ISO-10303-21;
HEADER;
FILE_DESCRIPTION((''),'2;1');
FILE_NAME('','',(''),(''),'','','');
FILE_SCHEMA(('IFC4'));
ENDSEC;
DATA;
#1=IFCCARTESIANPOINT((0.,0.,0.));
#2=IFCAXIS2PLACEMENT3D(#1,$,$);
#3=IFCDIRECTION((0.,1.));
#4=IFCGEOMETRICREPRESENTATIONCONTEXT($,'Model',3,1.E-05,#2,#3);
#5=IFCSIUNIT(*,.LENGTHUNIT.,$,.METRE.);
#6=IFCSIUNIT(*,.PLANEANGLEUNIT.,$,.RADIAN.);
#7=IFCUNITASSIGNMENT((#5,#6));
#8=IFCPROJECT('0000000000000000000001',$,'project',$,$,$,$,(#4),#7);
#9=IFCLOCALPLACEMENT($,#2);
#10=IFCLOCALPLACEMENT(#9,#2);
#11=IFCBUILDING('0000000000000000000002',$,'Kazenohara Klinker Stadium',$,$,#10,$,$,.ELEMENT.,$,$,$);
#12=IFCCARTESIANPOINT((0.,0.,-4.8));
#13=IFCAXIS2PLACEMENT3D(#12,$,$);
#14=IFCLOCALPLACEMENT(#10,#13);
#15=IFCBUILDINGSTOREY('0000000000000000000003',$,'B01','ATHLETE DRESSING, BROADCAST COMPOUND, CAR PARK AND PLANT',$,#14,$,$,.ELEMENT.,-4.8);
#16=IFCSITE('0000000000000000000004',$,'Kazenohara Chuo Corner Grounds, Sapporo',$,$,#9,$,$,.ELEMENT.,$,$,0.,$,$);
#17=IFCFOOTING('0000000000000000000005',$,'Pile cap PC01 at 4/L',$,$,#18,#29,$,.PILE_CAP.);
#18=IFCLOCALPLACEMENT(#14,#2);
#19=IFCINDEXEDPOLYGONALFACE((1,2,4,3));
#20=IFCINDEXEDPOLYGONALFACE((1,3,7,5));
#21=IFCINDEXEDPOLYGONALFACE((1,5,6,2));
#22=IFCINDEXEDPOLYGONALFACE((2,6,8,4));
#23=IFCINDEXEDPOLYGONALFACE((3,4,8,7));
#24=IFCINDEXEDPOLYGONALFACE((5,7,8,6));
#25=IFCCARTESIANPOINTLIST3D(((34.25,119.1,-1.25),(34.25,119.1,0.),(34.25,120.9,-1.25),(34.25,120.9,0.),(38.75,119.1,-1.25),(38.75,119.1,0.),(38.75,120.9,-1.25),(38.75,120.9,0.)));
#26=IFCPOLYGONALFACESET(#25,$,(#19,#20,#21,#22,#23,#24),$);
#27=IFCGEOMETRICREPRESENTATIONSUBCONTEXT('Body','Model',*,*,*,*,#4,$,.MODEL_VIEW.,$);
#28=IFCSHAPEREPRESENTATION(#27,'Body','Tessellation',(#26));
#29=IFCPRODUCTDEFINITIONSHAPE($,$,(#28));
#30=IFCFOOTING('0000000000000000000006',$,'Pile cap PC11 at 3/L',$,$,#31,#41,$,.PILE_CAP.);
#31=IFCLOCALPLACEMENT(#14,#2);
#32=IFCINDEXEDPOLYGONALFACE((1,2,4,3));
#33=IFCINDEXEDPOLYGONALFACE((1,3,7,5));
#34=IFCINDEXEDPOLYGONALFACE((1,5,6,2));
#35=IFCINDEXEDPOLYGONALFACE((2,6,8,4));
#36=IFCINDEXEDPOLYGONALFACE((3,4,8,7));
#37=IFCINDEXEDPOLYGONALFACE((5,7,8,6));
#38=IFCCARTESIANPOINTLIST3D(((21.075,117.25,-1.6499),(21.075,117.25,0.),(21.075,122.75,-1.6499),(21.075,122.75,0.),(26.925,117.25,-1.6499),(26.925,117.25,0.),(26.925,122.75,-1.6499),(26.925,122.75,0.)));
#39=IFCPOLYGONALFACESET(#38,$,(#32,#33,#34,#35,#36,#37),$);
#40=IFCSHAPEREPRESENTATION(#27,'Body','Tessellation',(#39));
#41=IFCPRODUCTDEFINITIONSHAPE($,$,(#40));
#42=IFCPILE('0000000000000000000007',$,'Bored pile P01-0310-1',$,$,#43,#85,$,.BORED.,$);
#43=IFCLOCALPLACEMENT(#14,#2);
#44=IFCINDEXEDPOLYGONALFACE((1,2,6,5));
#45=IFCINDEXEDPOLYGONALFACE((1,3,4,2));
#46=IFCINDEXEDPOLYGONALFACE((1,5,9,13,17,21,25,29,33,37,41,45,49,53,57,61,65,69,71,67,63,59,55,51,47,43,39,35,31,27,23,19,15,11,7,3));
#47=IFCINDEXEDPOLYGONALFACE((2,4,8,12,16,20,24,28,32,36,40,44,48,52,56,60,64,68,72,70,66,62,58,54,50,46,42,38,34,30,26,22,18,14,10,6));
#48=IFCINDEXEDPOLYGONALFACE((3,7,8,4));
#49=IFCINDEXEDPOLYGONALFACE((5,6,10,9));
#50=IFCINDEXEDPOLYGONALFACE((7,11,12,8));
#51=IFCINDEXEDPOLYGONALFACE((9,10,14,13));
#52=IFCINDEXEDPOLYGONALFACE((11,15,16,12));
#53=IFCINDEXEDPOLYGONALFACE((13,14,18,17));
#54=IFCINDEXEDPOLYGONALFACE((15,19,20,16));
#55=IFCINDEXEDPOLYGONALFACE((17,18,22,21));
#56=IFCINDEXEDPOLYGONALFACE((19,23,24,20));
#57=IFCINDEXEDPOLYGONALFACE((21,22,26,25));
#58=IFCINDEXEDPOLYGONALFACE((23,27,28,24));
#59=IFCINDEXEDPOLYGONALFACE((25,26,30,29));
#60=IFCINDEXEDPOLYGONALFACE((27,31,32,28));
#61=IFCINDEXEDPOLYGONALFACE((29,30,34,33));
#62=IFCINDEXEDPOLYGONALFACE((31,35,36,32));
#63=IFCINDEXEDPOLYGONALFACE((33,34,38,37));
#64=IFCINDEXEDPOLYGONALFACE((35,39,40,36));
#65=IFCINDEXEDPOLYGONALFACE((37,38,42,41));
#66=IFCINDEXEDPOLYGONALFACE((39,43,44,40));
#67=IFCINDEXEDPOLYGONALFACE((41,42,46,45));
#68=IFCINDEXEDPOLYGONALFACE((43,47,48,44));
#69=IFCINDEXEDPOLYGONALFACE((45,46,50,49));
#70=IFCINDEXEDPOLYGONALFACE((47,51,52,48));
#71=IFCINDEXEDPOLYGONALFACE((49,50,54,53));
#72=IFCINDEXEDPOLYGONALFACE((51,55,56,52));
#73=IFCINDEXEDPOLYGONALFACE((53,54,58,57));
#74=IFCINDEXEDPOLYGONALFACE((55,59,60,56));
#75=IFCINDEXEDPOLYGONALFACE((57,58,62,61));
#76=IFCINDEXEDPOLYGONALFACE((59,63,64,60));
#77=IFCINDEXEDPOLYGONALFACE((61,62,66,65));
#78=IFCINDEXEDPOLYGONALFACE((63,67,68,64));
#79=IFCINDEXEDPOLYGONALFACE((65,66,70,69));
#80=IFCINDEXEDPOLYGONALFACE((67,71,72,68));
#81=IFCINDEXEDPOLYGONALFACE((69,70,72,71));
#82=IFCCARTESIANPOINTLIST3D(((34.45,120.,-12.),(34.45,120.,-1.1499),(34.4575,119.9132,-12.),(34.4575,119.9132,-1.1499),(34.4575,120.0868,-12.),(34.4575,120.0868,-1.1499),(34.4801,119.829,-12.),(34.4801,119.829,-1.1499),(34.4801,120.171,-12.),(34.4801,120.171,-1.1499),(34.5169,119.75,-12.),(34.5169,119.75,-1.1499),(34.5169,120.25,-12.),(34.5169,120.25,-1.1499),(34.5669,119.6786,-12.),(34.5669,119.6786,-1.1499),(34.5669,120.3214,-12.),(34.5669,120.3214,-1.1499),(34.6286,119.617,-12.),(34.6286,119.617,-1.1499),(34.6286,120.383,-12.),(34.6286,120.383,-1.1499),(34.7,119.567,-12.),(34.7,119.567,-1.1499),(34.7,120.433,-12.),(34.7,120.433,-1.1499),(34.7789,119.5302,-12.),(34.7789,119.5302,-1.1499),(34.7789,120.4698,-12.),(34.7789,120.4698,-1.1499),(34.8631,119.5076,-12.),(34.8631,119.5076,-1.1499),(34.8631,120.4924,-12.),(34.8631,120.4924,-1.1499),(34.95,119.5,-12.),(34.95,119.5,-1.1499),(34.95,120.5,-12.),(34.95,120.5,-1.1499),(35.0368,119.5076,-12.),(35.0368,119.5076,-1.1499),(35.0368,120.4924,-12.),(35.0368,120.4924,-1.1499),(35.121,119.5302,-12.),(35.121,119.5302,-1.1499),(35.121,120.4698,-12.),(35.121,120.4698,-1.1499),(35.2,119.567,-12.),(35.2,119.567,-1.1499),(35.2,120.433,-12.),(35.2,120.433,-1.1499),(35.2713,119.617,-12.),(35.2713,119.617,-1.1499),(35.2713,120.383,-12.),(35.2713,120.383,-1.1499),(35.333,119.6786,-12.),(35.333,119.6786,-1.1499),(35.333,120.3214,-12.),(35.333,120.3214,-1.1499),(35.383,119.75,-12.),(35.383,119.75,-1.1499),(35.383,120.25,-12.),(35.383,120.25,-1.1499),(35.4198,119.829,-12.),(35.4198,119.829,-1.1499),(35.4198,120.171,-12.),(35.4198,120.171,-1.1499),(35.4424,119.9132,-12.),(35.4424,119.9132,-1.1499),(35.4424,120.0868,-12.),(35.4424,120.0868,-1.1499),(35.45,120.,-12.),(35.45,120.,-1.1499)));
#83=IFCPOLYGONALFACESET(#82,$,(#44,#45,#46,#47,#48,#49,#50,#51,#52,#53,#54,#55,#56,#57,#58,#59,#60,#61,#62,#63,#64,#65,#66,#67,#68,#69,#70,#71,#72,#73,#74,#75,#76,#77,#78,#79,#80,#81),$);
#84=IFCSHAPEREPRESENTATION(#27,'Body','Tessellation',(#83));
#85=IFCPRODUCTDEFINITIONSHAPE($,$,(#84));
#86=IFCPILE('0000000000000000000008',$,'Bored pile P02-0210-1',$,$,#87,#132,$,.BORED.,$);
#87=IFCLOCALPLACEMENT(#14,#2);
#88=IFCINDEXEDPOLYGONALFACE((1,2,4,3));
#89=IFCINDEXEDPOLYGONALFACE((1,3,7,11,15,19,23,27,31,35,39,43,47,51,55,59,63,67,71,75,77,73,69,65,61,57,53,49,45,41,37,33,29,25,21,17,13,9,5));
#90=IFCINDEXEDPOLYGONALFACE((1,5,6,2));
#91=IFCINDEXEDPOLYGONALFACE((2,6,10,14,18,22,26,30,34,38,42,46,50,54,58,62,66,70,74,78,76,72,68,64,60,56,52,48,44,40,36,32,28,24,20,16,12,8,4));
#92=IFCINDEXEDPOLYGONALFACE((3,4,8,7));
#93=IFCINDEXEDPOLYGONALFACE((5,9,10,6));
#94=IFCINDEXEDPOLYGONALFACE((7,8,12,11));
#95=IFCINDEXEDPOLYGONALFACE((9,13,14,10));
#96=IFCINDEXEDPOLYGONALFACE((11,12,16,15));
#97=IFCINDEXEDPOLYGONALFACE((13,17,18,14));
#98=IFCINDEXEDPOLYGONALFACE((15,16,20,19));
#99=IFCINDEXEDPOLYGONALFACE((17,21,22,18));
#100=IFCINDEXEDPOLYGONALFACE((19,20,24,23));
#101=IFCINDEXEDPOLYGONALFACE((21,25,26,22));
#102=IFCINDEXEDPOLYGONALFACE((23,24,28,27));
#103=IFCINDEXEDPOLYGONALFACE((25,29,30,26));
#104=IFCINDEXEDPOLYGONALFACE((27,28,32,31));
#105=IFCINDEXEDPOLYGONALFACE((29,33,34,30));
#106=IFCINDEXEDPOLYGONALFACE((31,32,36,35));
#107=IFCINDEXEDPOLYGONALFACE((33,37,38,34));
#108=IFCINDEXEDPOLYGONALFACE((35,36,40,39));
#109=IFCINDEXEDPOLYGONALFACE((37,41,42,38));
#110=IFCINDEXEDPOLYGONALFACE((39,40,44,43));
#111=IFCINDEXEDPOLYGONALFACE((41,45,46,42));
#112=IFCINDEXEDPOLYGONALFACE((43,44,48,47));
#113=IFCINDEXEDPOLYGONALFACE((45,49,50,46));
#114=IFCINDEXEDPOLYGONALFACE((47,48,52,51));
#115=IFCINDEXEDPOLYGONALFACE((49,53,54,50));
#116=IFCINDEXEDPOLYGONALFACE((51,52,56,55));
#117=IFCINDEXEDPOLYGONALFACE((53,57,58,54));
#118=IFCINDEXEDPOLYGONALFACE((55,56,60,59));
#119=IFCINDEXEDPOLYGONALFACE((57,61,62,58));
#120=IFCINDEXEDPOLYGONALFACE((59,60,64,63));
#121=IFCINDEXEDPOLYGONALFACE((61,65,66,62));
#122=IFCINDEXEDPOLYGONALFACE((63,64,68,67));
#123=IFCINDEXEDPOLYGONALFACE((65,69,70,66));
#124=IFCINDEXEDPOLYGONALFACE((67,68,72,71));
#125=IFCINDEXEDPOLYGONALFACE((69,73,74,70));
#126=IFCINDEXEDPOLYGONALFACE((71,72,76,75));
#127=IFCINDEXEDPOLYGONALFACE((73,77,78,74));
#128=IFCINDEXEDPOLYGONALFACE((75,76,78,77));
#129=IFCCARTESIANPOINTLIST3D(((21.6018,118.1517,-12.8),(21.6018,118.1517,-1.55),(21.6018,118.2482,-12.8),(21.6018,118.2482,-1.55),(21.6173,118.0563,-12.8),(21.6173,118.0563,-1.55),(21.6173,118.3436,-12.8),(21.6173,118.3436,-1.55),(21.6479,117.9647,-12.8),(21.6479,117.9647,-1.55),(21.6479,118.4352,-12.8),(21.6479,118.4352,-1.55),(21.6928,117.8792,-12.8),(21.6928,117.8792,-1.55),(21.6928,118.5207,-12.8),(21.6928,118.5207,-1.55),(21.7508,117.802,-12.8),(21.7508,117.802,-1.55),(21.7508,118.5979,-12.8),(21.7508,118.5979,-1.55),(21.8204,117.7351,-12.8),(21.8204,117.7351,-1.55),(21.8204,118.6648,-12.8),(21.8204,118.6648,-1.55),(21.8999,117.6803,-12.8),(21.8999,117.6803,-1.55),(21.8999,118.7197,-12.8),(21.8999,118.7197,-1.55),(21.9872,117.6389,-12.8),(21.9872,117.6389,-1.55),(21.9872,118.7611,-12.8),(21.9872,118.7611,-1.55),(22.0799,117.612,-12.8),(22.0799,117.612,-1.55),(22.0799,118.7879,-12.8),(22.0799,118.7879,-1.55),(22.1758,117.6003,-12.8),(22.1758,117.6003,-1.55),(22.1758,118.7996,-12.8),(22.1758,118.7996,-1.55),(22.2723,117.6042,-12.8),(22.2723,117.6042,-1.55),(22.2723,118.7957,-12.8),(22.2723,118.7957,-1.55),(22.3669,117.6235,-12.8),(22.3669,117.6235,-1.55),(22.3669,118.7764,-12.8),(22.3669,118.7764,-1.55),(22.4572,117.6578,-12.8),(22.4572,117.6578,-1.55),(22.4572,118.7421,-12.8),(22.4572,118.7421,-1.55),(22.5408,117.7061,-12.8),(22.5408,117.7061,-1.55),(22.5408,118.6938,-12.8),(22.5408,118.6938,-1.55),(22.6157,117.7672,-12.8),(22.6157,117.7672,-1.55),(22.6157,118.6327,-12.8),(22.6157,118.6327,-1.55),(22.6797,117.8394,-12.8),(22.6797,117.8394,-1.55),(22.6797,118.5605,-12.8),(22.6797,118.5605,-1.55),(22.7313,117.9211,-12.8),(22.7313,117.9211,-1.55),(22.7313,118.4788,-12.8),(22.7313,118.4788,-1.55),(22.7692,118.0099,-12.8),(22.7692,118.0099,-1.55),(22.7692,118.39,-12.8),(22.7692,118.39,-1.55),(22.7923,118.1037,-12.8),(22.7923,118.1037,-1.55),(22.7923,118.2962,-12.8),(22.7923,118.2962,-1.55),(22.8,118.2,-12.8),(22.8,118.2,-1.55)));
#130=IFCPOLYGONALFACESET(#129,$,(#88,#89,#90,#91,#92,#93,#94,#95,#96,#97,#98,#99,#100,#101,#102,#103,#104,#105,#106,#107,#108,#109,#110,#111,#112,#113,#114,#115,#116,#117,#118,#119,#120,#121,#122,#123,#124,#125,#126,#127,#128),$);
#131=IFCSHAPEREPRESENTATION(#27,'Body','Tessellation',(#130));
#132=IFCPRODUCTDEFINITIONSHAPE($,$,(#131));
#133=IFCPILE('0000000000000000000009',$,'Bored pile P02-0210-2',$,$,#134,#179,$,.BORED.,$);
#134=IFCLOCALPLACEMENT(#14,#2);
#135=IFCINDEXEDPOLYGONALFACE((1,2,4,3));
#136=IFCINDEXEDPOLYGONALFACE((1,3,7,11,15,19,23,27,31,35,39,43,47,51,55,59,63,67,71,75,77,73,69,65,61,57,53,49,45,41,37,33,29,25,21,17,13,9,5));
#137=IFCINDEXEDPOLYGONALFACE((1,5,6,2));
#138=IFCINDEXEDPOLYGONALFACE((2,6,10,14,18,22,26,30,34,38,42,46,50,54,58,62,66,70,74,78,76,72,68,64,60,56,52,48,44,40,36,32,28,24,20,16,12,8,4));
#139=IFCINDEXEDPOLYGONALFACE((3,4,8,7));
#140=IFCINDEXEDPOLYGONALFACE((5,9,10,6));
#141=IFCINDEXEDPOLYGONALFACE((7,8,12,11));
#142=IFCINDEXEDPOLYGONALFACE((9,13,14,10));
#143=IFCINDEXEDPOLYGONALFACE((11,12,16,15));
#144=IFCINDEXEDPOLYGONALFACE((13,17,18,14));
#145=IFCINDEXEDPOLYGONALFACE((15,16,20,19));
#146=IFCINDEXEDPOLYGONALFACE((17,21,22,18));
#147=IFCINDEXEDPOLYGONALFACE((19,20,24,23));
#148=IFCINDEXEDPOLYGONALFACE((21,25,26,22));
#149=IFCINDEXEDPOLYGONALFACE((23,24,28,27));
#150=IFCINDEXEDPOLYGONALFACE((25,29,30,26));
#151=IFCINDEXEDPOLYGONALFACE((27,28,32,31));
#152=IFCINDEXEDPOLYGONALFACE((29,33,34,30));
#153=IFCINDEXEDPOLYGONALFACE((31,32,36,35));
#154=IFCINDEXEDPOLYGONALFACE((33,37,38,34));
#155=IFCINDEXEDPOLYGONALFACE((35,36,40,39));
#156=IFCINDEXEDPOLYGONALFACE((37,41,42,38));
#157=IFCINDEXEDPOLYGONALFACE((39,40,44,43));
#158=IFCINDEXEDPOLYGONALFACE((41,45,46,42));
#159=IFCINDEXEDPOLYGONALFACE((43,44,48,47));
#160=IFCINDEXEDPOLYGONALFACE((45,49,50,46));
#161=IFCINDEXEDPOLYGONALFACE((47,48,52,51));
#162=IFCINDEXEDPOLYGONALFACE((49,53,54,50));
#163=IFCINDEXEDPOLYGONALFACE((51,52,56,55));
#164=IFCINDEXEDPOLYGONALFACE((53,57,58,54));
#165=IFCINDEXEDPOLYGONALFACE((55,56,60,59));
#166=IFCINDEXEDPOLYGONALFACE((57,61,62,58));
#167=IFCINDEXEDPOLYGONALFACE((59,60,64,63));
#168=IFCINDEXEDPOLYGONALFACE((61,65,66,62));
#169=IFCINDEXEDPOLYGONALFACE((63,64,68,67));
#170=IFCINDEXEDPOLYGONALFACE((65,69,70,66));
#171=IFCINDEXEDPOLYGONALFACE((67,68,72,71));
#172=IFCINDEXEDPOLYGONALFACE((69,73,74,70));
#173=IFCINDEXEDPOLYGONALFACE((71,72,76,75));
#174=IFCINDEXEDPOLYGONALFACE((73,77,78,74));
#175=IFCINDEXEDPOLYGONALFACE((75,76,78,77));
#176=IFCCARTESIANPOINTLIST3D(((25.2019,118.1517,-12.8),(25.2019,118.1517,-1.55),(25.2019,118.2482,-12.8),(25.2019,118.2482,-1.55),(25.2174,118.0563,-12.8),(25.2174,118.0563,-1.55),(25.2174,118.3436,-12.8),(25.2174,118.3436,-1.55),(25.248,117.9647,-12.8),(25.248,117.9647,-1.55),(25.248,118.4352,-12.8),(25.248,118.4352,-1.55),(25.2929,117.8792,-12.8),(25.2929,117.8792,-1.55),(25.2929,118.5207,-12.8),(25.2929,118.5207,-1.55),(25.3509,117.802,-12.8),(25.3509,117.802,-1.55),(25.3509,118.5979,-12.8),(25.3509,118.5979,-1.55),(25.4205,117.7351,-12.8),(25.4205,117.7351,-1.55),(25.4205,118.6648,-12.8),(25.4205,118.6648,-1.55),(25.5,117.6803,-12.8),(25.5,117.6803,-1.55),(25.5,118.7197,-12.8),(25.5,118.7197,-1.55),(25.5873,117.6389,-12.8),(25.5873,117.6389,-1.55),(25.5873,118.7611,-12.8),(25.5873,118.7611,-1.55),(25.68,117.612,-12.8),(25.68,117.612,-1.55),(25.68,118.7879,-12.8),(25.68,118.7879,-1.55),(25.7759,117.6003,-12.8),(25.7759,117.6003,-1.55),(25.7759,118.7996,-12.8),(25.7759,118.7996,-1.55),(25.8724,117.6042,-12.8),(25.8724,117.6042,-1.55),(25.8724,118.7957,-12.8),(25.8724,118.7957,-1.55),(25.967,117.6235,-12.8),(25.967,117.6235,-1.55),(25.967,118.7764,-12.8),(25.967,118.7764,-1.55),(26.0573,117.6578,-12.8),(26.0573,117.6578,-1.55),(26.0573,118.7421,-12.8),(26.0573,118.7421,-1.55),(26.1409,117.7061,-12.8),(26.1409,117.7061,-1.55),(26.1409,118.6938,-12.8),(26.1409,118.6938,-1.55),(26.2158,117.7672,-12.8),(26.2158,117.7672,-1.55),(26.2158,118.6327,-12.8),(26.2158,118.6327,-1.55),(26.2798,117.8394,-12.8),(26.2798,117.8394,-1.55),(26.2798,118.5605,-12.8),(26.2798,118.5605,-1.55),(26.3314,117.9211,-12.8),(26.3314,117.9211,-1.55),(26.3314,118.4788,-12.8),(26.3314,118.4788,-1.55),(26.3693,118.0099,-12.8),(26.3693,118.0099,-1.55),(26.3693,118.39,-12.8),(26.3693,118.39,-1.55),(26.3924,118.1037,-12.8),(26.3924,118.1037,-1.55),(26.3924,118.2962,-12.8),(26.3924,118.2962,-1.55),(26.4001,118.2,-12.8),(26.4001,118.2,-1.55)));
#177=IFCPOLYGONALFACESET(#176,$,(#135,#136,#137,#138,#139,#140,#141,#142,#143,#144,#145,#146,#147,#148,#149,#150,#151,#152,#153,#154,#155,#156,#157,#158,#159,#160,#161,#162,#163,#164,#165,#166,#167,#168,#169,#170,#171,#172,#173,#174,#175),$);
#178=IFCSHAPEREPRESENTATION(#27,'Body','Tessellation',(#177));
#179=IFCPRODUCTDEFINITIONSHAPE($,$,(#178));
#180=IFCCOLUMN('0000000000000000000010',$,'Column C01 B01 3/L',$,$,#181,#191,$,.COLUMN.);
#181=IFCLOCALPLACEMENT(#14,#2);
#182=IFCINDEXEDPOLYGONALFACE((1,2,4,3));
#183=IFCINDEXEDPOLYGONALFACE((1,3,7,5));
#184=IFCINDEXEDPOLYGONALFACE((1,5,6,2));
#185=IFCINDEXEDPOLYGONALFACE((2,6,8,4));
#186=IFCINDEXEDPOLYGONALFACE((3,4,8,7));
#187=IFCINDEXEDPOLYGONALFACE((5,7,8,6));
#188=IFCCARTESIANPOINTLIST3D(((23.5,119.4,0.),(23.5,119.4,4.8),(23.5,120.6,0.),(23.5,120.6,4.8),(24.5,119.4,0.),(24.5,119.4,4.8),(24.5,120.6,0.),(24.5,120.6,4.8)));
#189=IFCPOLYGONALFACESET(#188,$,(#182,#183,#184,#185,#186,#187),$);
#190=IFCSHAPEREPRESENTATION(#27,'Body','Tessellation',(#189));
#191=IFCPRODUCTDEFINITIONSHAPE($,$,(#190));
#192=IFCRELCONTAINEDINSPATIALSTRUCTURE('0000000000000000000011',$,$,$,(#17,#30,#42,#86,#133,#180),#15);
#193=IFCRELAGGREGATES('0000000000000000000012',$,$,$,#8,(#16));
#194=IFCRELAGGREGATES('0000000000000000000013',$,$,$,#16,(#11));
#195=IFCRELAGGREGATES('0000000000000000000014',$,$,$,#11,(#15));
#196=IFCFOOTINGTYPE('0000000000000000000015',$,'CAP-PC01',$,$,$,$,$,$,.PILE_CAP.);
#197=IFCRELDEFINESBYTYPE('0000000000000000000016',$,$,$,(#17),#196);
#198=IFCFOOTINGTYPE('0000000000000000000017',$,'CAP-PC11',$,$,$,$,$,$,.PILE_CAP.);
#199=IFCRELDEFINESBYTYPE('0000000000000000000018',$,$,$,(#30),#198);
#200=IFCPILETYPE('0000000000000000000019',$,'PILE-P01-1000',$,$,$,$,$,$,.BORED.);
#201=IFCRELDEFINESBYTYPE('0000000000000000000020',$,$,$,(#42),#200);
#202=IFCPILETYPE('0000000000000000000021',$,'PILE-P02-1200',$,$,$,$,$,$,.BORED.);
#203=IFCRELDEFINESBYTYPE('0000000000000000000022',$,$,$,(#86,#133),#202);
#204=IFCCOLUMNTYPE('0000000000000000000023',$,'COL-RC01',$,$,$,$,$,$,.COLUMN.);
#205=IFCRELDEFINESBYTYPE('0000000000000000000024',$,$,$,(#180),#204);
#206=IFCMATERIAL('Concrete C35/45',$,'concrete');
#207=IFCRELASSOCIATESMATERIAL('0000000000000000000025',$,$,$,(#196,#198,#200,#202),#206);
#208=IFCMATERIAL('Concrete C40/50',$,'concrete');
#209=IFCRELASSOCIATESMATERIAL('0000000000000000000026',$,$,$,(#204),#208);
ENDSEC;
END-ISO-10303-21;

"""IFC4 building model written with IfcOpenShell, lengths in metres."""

from ifc_helpers import new_model, si_unit, direction, frame, origin, origin_2d, place, context, subcontext, project, spatial, rectangle, circle, extrude, material, material_profile, profile_set, type_object, element, save


model = new_model("IFC4")

# Units and contexts
model_context = context("Model", 3, precision=1e-05, world=origin(), true_north=direction((0.0, 1.0)))
body_context = subcontext(model_context, "Body", "Model", "MODEL_VIEW")
ifc_project = project(units=[si_unit("LENGTHUNIT", "METRE"), si_unit("PLANEANGLEUNIT", "RADIAN")], contexts=[model_context])

# Site, building, storey
site_placement = place(None, origin())
site = spatial("IfcSite", under=ifc_project, at=site_placement, Name="Kazenohara Chuo Corner Grounds, Sapporo", CompositionType="ELEMENT", RefElevation=0.0)
building_placement = place(site_placement, origin())
building = spatial("IfcBuilding", under=site, at=building_placement, Name="Kazenohara Klinker Stadium", CompositionType="ELEMENT")
storey_placement = place(building_placement, frame((0.0, 0.0, -4.8)))
storey = spatial("IfcBuildingStorey", under=building, at=storey_placement, Name="B01", Description="ATHLETE DRESSING, BROADCAST COMPOUND, CAR PARK AND PLANT", CompositionType="ELEMENT", Elevation=-4.8)

# Footings
ifc_material_1 = material(Name="Concrete C35/45", Category="concrete")
footing_type_1 = type_object("IfcFootingType", Name="CAP-PC01", PredefinedType="PILE_CAP", material=ifc_material_1)
footing_1_placement = place(storey_placement, frame((36.5, 120.0, -1.25), z_axis=(0.0, 0.0, 1.0), x_axis=(1.0, 0.0, 0.0)))
element("IfcFooting", 1, at=footing_1_placement, inside=storey, type_object=footing_type_1, Name="Pile cap PC01 at 4/L", PredefinedType="PILE_CAP", context=body_context, shape_type="SweptSolid", body=[
    extrude(rectangle(XDim=4.5, YDim=1.8, at=origin_2d()), origin(), (0.0, 0.0, 1.0), 1.25),
])
footing_type_2 = type_object("IfcFootingType", Name="CAP-PC11", PredefinedType="PILE_CAP", material=ifc_material_1)
footing_2_placement = place(storey_placement, frame((24.0, 120.0, -1.6499), z_axis=(0.0, 0.0, 1.0), x_axis=(1.0, 0.0, 0.0)))
element("IfcFooting", 2, at=footing_2_placement, inside=storey, type_object=footing_type_2, Name="Pile cap PC11 at 3/L", PredefinedType="PILE_CAP", context=body_context, shape_type="SweptSolid", body=[
    extrude(rectangle(XDim=5.8501, YDim=5.5, at=origin_2d()), origin(), (0.0, 0.0, 1.0), 1.6499),
])

# Piles
ifc_material_profile_1 = material_profile(ifc_material_1, circle(Radius=0.5, at=origin_2d()), Name="BORED-PILE-1000")
ifc_profile_set_1 = profile_set([ifc_material_profile_1], Name="Concrete C35/45")
pile_type_1 = type_object("IfcPileType", Name="PILE-P01-1000", PredefinedType="BORED", material=ifc_profile_set_1)
pile_placement = place(storey_placement, frame((34.95, 120.0, -1.1499), z_axis=(0.0, 0.0, -1.0), x_axis=(1.0, 0.0, 0.0)))
element("IfcPile", 3, at=pile_placement, inside=storey, type_object=pile_type_1, Name="Bored pile P01-0310-1", PredefinedType="BORED", context=body_context, shape_type="SweptSolid", body=[
    extrude(circle(Radius=0.5, at=origin_2d()), origin(), (0.0, 0.0, 1.0), 10.8501),
])
ifc_material_profile_2 = material_profile(ifc_material_1, circle(Radius=0.6001, at=origin_2d()), Name="BORED-PILE-1200")
ifc_profile_set_2 = profile_set([ifc_material_profile_2], Name="Concrete C35/45")
pile_type_2 = type_object("IfcPileType", Name="PILE-P02-1200", PredefinedType="BORED", material=ifc_profile_set_2)
for number, where, z_axis, x_axis, name in (
    (4, (22.2, 118.2, -1.55), (0.0, 0.0, -1.0), (1.0, 0.0, 0.0), "Bored pile P02-0210-1"),
    (5, (25.8, 118.2, -1.55), (0.0, 0.0, -1.0), (1.0, 0.0, 0.0), "Bored pile P02-0210-2"),
):
    element("IfcPile", number, at=place(storey_placement, frame(where, z_axis=z_axis, x_axis=x_axis)), inside=storey, type_object=pile_type_2, Name=name, PredefinedType="BORED", context=body_context, shape_type="SweptSolid", body=[
        extrude(circle(Radius=0.6001, at=origin_2d()), origin(), (0.0, 0.0, 1.0), 11.25),
    ])

# Column
ifc_material_2 = material(Name="Concrete C40/50", Category="concrete")
ifc_material_profile_3 = material_profile(ifc_material_2, rectangle(XDim=1.0, YDim=1.2, at=origin_2d()), Name="RC-COL-1200x1000")
ifc_profile_set_3 = profile_set([ifc_material_profile_3], Name="Concrete C40/50")
column_type_1 = type_object("IfcColumnType", Name="COL-RC01", PredefinedType="COLUMN", material=ifc_profile_set_3)
column_1_placement = place(storey_placement, frame((24.0, 120.0, 0.0), z_axis=(0.0, 0.0, 1.0), x_axis=(1.0, 0.0, 0.0)))
element("IfcColumn", 6, at=column_1_placement, inside=storey, type_object=column_type_1, Name="Column C01 B01 3/L", PredefinedType="COLUMN", context=body_context, shape_type="SweptSolid", body=[
    extrude(rectangle(XDim=1.0, YDim=1.2, at=origin_2d()), origin(), (0.0, 0.0, 1.0), 4.8),
])

save(model, "model.ifc")
